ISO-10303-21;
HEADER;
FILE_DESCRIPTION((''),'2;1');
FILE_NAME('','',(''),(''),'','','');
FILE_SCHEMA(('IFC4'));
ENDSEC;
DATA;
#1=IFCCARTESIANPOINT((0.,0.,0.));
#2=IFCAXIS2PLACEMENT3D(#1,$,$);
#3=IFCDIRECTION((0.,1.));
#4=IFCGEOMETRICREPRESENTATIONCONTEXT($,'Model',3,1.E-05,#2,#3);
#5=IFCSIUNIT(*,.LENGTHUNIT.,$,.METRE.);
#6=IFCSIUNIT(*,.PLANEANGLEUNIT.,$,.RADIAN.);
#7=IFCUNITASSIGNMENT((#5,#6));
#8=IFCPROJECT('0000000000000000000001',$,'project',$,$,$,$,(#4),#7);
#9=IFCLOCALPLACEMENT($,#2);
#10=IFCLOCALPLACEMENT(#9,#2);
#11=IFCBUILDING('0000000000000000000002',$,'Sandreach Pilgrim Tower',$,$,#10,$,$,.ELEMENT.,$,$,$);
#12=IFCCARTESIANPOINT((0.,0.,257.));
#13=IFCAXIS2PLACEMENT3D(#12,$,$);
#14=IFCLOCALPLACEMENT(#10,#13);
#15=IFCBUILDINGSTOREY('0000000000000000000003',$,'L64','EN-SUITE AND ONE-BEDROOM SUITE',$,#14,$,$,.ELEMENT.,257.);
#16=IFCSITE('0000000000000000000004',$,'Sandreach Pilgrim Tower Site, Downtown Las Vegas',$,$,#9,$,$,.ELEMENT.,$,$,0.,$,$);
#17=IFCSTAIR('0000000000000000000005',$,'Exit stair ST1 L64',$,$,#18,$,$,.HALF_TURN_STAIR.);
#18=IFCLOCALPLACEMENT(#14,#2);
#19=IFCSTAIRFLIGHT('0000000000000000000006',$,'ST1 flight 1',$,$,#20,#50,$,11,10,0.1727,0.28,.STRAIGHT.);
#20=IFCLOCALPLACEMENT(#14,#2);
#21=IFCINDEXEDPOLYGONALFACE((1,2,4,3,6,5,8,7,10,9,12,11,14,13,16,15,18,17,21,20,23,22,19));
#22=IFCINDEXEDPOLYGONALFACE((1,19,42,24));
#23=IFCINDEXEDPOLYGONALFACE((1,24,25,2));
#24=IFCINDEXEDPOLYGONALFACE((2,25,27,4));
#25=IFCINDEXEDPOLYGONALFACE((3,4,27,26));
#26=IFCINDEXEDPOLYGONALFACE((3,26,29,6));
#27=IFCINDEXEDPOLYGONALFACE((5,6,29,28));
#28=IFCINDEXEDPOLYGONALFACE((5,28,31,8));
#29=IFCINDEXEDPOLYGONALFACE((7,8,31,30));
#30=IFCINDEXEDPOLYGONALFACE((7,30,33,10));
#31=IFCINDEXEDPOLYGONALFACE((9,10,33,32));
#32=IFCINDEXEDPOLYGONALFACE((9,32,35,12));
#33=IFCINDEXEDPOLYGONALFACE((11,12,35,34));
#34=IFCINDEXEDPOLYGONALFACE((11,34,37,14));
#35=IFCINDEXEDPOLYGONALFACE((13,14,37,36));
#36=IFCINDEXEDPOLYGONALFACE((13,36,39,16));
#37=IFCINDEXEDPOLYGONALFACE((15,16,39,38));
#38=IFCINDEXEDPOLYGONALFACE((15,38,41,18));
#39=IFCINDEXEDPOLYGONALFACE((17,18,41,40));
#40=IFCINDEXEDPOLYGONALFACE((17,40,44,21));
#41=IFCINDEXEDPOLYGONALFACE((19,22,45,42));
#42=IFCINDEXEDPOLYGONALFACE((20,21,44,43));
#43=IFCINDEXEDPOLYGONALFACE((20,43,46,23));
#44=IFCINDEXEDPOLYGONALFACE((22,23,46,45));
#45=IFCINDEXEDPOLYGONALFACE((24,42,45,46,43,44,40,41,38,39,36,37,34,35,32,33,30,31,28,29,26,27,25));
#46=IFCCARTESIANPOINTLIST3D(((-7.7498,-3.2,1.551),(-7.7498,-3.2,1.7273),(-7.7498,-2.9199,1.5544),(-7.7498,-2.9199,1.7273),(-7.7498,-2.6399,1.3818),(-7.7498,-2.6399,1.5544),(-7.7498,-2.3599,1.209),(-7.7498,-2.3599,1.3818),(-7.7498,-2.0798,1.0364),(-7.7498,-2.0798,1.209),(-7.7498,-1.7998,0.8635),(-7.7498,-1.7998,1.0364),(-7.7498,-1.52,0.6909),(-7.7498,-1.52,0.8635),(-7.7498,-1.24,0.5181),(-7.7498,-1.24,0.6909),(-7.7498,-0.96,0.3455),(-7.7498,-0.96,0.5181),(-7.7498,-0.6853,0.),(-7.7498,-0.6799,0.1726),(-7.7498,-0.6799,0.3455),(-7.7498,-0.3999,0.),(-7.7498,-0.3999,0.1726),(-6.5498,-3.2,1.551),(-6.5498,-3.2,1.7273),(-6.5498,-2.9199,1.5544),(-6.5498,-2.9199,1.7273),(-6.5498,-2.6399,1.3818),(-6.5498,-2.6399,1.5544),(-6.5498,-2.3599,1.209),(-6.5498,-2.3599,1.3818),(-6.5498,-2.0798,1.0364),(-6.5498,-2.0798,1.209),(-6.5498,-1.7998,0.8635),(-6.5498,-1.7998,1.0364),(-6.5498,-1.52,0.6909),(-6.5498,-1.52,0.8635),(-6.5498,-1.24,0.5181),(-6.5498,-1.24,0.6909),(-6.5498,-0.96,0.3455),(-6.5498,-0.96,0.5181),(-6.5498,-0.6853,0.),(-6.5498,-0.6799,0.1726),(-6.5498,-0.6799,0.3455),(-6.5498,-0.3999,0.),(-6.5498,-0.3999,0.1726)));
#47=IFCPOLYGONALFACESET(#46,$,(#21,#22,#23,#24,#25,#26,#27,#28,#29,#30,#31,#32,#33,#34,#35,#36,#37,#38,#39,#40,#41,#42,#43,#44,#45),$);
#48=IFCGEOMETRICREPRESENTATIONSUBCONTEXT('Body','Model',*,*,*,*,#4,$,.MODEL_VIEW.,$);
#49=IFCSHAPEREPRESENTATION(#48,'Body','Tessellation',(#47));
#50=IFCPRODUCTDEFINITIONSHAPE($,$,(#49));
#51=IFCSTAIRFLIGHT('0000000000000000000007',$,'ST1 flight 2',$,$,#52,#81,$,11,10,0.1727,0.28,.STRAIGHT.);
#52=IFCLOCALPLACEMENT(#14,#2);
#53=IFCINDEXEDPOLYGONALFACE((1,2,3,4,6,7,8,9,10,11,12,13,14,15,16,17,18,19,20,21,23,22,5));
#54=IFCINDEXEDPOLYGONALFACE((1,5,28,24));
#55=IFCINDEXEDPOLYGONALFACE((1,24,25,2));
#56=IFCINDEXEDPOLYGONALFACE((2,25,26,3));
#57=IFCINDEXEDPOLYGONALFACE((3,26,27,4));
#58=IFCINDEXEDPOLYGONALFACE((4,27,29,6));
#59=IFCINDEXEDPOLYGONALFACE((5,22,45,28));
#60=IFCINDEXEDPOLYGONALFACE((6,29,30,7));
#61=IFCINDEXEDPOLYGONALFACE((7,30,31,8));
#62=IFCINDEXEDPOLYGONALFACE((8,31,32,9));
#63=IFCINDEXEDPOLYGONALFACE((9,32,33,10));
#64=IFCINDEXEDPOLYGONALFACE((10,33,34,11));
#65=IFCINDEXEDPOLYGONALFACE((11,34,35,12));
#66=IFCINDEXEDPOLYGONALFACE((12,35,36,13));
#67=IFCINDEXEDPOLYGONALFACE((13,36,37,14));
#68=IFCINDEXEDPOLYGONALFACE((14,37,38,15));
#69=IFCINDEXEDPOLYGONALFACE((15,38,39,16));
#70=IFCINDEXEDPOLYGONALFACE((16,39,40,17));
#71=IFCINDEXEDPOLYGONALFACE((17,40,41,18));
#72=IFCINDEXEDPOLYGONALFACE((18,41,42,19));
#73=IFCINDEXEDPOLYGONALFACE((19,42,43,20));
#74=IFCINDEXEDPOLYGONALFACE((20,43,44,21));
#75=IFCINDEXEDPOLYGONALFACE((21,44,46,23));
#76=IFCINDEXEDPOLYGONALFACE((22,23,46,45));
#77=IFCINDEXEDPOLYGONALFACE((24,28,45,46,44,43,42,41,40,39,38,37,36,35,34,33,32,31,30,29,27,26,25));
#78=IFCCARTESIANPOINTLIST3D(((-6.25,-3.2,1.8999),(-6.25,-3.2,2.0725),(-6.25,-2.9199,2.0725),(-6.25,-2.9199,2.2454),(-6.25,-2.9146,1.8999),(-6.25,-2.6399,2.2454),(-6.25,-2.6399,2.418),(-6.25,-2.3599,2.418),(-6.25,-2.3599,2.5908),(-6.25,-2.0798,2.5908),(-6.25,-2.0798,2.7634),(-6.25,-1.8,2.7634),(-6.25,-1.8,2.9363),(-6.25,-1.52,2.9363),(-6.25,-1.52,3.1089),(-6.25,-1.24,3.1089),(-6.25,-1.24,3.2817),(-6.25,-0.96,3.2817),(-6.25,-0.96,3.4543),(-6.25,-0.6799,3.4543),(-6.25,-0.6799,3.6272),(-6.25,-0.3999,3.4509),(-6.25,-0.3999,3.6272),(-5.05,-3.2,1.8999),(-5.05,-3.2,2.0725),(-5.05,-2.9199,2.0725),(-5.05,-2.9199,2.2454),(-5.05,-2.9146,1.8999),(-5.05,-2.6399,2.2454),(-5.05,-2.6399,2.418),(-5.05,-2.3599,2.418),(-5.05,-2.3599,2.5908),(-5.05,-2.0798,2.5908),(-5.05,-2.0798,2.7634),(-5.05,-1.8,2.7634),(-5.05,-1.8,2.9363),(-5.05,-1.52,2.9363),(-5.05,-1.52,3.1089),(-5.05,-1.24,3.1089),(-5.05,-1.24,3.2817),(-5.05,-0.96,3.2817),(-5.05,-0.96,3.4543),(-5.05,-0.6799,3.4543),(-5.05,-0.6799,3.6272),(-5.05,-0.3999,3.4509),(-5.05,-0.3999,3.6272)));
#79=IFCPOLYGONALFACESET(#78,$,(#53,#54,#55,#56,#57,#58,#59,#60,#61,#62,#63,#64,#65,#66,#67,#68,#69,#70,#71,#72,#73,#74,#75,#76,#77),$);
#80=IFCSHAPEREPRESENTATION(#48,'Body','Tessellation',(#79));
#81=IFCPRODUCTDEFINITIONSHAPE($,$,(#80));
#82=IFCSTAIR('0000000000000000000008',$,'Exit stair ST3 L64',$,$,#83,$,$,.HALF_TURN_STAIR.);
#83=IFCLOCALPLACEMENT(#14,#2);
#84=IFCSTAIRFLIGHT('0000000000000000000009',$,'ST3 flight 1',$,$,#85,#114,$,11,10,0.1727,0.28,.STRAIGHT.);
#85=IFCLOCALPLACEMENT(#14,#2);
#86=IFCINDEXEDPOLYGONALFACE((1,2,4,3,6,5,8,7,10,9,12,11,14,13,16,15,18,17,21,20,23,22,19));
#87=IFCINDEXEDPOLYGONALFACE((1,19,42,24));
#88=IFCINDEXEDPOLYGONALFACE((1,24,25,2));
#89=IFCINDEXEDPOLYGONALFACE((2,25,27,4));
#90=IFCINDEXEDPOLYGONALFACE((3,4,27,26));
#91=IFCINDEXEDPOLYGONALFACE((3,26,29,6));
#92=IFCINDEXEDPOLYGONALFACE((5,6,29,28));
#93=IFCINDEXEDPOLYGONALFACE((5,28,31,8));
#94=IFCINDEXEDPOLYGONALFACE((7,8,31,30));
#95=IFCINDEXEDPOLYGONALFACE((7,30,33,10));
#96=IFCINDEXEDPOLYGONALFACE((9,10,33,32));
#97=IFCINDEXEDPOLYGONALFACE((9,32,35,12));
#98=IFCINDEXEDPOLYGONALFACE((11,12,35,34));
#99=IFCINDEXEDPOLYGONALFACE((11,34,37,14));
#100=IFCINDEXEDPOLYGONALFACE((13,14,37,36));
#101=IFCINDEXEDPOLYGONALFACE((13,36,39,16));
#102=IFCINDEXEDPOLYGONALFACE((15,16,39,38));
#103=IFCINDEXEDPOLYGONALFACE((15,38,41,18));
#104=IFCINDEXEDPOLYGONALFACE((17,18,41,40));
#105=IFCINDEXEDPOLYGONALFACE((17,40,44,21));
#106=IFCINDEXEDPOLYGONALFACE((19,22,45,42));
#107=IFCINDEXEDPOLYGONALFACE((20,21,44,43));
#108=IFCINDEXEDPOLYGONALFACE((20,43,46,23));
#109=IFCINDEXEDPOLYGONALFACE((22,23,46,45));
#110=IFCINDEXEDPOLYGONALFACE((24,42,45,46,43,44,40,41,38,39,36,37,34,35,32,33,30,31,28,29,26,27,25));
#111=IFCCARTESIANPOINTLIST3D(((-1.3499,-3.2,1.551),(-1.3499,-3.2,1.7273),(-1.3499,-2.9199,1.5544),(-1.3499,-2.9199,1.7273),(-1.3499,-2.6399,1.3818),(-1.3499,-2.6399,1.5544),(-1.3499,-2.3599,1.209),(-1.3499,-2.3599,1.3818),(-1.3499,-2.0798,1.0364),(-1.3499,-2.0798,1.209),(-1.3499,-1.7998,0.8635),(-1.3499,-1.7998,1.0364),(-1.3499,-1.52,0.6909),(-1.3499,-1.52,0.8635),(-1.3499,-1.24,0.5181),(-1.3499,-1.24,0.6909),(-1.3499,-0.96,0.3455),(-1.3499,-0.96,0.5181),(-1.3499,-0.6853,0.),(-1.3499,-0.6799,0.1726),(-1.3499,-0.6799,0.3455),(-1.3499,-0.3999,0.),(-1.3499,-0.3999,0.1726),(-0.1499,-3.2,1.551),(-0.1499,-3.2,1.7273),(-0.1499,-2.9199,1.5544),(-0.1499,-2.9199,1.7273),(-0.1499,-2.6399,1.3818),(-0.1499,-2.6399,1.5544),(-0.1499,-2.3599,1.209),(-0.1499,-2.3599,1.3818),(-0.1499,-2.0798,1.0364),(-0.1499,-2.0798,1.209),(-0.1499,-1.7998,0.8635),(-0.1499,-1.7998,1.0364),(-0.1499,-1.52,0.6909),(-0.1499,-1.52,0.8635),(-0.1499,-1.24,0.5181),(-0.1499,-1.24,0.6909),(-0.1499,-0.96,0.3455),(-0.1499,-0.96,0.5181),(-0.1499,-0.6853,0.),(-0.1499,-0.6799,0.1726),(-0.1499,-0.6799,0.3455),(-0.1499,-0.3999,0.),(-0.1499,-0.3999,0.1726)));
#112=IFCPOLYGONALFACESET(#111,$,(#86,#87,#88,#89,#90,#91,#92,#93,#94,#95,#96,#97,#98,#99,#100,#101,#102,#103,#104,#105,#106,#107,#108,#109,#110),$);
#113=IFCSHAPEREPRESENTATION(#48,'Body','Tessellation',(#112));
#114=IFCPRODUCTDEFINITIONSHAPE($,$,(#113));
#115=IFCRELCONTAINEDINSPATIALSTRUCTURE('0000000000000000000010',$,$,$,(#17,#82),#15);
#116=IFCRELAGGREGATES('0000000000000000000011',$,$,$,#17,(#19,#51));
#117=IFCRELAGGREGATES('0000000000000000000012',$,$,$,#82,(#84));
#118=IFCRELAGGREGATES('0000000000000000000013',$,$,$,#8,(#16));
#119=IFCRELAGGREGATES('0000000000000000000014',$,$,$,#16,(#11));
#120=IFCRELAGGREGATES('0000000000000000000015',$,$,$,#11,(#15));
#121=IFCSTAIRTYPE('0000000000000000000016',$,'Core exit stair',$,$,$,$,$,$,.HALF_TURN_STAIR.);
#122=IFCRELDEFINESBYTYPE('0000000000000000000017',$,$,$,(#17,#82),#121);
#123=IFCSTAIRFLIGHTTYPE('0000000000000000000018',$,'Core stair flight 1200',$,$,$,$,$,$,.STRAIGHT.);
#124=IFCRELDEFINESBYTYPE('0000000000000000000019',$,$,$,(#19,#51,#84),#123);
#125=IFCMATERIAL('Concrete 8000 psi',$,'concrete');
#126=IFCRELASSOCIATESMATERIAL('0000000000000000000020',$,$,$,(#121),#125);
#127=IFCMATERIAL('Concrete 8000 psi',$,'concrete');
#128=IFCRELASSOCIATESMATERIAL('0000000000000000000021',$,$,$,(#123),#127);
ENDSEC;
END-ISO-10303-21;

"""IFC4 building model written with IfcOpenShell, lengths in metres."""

from ifc_helpers import new_model, si_unit, direction, frame, origin, place, context, subcontext, project, spatial, polyline, outline, extrude, material, type_object, element, aggregate, save


model = new_model("IFC4")

# Units and contexts
model_context = context("Model", 3, precision=1e-05, world=origin(), true_north=direction((0.0, 1.0)))
body_context = subcontext(model_context, "Body", "Model", "MODEL_VIEW")
ifc_project = project(units=[si_unit("LENGTHUNIT", "METRE"), si_unit("PLANEANGLEUNIT", "RADIAN")], contexts=[model_context])

# Site, building, storey
site_placement = place(None, origin())
site = spatial("IfcSite", under=ifc_project, at=site_placement, Name="Sandreach Pilgrim Tower Site, Downtown Las Vegas", CompositionType="ELEMENT", RefElevation=0.0)
building_placement = place(site_placement, origin())
building = spatial("IfcBuilding", under=site, at=building_placement, Name="Sandreach Pilgrim Tower", CompositionType="ELEMENT")
storey_placement = place(building_placement, frame((0.0, 0.0, 257.0)))
storey = spatial("IfcBuildingStorey", under=building, at=storey_placement, Name="L64", Description="EN-SUITE AND ONE-BEDROOM SUITE", CompositionType="ELEMENT", Elevation=257.0)

# Stair, stair flights
ifc_material_1 = material(Name="Concrete 8000 psi", Category="concrete")
stair_type = type_object("IfcStairType", Name="Core exit stair", PredefinedType="HALF_TURN_STAIR", material=ifc_material_1)
stair_1_placement = place(storey_placement, origin())
stair_1 = element("IfcStair", 1, at=stair_1_placement, inside=storey, type_object=stair_type, Name="Exit stair ST1 L64", PredefinedType="HALF_TURN_STAIR")
ifc_material_2 = material(Name="Concrete 8000 psi", Category="concrete")
stair_flight_type = type_object("IfcStairFlightType", Name="Core stair flight 1200", PredefinedType="STRAIGHT", material=ifc_material_2)
stair_flight_1_placement = place(storey_placement, frame((-7.1499, -0.3999, 0.0), z_axis=(0.0, 0.0, 1.0), x_axis=(0.0, -1.0, 0.0)))
stair_flight_1 = element("IfcStairFlight", 2, at=stair_flight_1_placement, type_object=stair_flight_type, Name="ST1 flight 1", NumberOfRisers=11, NumberOfTreads=10, PredefinedType="STRAIGHT", RiserHeight=0.1727, TreadLength=0.28, context=body_context, shape_type="SweptSolid", body=[
    extrude(outline(polyline([(0.0, 0.0), (0.0, 0.1726), (0.28, 0.1726), (0.28, 0.3455), (0.5601, 0.3455), (0.5601, 0.5181), (0.8401, 0.5181), (0.8401, 0.6909), (1.1201, 0.6909), (1.1201, 0.8635), (1.3999, 0.8635), (1.3999, 1.0364), (1.6799, 1.0364), (1.6799, 1.209), (1.96, 1.209), (1.96, 1.3818), (2.24, 1.3818), (2.24, 1.5544), (2.52, 1.5544), (2.52, 1.7273), (2.8, 1.7273), (2.8, 1.8999), (2.8, 1.551), (0.2854, 0.0), (0.0, 0.0)])), frame((0.0, 0.6001, 0.0), z_axis=(0.0, -1.0, 0.0), x_axis=(1.0, 0.0, 0.0)), (0.0, 0.0, 1.0), 1.2),
])
stair_flight_2_placement = place(storey_placement, frame((-5.6499, -3.2, 1.8999), z_axis=(0.0, 0.0, 1.0), x_axis=(0.0, 1.0, 0.0)))
stair_flight_2 = element("IfcStairFlight", 3, at=stair_flight_2_placement, type_object=stair_flight_type, Name="ST1 flight 2", NumberOfRisers=11, NumberOfTreads=10, PredefinedType="STRAIGHT", RiserHeight=0.1727, TreadLength=0.28, context=body_context, shape_type="SweptSolid", body=[
    extrude(outline(polyline([(0.0, 0.0), (0.0, 0.1726), (0.28, 0.1726), (0.28, 0.3455), (0.5601, 0.3455), (0.5601, 0.5181), (0.8401, 0.5181), (0.8401, 0.6909), (1.1201, 0.6909), (1.1201, 0.8635), (1.3999, 0.8635), (1.3999, 1.0364), (1.6799, 1.0364), (1.6799, 1.209), (1.96, 1.209), (1.96, 1.3818), (2.24, 1.3818), (2.24, 1.5544), (2.52, 1.5544), (2.52, 1.7273), (2.8, 1.7273), (2.8, 1.8999), (2.8, 1.551), (0.2854, 0.0), (0.0, 0.0)])), frame((0.0, 0.6001, 0.0), z_axis=(0.0, -1.0, 0.0), x_axis=(1.0, 0.0, 0.0)), (0.0, 0.0, 1.0), 1.2),
])
aggregate(stair_1, [stair_flight_1, stair_flight_2])

# Stair, stair flight
stair_2_placement = place(storey_placement, origin())
stair_2 = element("IfcStair", 4, at=stair_2_placement, inside=storey, type_object=stair_type, Name="Exit stair ST3 L64", PredefinedType="HALF_TURN_STAIR")
stair_flight_3_placement = place(storey_placement, frame((-0.75, -0.3999, 0.0), z_axis=(0.0, 0.0, 1.0), x_axis=(0.0, -1.0, 0.0)))
stair_flight_3 = element("IfcStairFlight", 5, at=stair_flight_3_placement, type_object=stair_flight_type, Name="ST3 flight 1", NumberOfRisers=11, NumberOfTreads=10, PredefinedType="STRAIGHT", RiserHeight=0.1727, TreadLength=0.28, context=body_context, shape_type="SweptSolid", body=[
    extrude(outline(polyline([(0.0, 0.0), (0.0, 0.1726), (0.28, 0.1726), (0.28, 0.3455), (0.5601, 0.3455), (0.5601, 0.5181), (0.8401, 0.5181), (0.8401, 0.6909), (1.1201, 0.6909), (1.1201, 0.8635), (1.3999, 0.8635), (1.3999, 1.0364), (1.6799, 1.0364), (1.6799, 1.209), (1.96, 1.209), (1.96, 1.3818), (2.24, 1.3818), (2.24, 1.5544), (2.52, 1.5544), (2.52, 1.7273), (2.8, 1.7273), (2.8, 1.8999), (2.8, 1.551), (0.2854, 0.0), (0.0, 0.0)])), frame((0.0, 0.6001, 0.0), z_axis=(0.0, -1.0, 0.0), x_axis=(1.0, 0.0, 0.0)), (0.0, 0.0, 1.0), 1.2),
])
aggregate(stair_2, [stair_flight_3])

save(model, "model.ifc")
